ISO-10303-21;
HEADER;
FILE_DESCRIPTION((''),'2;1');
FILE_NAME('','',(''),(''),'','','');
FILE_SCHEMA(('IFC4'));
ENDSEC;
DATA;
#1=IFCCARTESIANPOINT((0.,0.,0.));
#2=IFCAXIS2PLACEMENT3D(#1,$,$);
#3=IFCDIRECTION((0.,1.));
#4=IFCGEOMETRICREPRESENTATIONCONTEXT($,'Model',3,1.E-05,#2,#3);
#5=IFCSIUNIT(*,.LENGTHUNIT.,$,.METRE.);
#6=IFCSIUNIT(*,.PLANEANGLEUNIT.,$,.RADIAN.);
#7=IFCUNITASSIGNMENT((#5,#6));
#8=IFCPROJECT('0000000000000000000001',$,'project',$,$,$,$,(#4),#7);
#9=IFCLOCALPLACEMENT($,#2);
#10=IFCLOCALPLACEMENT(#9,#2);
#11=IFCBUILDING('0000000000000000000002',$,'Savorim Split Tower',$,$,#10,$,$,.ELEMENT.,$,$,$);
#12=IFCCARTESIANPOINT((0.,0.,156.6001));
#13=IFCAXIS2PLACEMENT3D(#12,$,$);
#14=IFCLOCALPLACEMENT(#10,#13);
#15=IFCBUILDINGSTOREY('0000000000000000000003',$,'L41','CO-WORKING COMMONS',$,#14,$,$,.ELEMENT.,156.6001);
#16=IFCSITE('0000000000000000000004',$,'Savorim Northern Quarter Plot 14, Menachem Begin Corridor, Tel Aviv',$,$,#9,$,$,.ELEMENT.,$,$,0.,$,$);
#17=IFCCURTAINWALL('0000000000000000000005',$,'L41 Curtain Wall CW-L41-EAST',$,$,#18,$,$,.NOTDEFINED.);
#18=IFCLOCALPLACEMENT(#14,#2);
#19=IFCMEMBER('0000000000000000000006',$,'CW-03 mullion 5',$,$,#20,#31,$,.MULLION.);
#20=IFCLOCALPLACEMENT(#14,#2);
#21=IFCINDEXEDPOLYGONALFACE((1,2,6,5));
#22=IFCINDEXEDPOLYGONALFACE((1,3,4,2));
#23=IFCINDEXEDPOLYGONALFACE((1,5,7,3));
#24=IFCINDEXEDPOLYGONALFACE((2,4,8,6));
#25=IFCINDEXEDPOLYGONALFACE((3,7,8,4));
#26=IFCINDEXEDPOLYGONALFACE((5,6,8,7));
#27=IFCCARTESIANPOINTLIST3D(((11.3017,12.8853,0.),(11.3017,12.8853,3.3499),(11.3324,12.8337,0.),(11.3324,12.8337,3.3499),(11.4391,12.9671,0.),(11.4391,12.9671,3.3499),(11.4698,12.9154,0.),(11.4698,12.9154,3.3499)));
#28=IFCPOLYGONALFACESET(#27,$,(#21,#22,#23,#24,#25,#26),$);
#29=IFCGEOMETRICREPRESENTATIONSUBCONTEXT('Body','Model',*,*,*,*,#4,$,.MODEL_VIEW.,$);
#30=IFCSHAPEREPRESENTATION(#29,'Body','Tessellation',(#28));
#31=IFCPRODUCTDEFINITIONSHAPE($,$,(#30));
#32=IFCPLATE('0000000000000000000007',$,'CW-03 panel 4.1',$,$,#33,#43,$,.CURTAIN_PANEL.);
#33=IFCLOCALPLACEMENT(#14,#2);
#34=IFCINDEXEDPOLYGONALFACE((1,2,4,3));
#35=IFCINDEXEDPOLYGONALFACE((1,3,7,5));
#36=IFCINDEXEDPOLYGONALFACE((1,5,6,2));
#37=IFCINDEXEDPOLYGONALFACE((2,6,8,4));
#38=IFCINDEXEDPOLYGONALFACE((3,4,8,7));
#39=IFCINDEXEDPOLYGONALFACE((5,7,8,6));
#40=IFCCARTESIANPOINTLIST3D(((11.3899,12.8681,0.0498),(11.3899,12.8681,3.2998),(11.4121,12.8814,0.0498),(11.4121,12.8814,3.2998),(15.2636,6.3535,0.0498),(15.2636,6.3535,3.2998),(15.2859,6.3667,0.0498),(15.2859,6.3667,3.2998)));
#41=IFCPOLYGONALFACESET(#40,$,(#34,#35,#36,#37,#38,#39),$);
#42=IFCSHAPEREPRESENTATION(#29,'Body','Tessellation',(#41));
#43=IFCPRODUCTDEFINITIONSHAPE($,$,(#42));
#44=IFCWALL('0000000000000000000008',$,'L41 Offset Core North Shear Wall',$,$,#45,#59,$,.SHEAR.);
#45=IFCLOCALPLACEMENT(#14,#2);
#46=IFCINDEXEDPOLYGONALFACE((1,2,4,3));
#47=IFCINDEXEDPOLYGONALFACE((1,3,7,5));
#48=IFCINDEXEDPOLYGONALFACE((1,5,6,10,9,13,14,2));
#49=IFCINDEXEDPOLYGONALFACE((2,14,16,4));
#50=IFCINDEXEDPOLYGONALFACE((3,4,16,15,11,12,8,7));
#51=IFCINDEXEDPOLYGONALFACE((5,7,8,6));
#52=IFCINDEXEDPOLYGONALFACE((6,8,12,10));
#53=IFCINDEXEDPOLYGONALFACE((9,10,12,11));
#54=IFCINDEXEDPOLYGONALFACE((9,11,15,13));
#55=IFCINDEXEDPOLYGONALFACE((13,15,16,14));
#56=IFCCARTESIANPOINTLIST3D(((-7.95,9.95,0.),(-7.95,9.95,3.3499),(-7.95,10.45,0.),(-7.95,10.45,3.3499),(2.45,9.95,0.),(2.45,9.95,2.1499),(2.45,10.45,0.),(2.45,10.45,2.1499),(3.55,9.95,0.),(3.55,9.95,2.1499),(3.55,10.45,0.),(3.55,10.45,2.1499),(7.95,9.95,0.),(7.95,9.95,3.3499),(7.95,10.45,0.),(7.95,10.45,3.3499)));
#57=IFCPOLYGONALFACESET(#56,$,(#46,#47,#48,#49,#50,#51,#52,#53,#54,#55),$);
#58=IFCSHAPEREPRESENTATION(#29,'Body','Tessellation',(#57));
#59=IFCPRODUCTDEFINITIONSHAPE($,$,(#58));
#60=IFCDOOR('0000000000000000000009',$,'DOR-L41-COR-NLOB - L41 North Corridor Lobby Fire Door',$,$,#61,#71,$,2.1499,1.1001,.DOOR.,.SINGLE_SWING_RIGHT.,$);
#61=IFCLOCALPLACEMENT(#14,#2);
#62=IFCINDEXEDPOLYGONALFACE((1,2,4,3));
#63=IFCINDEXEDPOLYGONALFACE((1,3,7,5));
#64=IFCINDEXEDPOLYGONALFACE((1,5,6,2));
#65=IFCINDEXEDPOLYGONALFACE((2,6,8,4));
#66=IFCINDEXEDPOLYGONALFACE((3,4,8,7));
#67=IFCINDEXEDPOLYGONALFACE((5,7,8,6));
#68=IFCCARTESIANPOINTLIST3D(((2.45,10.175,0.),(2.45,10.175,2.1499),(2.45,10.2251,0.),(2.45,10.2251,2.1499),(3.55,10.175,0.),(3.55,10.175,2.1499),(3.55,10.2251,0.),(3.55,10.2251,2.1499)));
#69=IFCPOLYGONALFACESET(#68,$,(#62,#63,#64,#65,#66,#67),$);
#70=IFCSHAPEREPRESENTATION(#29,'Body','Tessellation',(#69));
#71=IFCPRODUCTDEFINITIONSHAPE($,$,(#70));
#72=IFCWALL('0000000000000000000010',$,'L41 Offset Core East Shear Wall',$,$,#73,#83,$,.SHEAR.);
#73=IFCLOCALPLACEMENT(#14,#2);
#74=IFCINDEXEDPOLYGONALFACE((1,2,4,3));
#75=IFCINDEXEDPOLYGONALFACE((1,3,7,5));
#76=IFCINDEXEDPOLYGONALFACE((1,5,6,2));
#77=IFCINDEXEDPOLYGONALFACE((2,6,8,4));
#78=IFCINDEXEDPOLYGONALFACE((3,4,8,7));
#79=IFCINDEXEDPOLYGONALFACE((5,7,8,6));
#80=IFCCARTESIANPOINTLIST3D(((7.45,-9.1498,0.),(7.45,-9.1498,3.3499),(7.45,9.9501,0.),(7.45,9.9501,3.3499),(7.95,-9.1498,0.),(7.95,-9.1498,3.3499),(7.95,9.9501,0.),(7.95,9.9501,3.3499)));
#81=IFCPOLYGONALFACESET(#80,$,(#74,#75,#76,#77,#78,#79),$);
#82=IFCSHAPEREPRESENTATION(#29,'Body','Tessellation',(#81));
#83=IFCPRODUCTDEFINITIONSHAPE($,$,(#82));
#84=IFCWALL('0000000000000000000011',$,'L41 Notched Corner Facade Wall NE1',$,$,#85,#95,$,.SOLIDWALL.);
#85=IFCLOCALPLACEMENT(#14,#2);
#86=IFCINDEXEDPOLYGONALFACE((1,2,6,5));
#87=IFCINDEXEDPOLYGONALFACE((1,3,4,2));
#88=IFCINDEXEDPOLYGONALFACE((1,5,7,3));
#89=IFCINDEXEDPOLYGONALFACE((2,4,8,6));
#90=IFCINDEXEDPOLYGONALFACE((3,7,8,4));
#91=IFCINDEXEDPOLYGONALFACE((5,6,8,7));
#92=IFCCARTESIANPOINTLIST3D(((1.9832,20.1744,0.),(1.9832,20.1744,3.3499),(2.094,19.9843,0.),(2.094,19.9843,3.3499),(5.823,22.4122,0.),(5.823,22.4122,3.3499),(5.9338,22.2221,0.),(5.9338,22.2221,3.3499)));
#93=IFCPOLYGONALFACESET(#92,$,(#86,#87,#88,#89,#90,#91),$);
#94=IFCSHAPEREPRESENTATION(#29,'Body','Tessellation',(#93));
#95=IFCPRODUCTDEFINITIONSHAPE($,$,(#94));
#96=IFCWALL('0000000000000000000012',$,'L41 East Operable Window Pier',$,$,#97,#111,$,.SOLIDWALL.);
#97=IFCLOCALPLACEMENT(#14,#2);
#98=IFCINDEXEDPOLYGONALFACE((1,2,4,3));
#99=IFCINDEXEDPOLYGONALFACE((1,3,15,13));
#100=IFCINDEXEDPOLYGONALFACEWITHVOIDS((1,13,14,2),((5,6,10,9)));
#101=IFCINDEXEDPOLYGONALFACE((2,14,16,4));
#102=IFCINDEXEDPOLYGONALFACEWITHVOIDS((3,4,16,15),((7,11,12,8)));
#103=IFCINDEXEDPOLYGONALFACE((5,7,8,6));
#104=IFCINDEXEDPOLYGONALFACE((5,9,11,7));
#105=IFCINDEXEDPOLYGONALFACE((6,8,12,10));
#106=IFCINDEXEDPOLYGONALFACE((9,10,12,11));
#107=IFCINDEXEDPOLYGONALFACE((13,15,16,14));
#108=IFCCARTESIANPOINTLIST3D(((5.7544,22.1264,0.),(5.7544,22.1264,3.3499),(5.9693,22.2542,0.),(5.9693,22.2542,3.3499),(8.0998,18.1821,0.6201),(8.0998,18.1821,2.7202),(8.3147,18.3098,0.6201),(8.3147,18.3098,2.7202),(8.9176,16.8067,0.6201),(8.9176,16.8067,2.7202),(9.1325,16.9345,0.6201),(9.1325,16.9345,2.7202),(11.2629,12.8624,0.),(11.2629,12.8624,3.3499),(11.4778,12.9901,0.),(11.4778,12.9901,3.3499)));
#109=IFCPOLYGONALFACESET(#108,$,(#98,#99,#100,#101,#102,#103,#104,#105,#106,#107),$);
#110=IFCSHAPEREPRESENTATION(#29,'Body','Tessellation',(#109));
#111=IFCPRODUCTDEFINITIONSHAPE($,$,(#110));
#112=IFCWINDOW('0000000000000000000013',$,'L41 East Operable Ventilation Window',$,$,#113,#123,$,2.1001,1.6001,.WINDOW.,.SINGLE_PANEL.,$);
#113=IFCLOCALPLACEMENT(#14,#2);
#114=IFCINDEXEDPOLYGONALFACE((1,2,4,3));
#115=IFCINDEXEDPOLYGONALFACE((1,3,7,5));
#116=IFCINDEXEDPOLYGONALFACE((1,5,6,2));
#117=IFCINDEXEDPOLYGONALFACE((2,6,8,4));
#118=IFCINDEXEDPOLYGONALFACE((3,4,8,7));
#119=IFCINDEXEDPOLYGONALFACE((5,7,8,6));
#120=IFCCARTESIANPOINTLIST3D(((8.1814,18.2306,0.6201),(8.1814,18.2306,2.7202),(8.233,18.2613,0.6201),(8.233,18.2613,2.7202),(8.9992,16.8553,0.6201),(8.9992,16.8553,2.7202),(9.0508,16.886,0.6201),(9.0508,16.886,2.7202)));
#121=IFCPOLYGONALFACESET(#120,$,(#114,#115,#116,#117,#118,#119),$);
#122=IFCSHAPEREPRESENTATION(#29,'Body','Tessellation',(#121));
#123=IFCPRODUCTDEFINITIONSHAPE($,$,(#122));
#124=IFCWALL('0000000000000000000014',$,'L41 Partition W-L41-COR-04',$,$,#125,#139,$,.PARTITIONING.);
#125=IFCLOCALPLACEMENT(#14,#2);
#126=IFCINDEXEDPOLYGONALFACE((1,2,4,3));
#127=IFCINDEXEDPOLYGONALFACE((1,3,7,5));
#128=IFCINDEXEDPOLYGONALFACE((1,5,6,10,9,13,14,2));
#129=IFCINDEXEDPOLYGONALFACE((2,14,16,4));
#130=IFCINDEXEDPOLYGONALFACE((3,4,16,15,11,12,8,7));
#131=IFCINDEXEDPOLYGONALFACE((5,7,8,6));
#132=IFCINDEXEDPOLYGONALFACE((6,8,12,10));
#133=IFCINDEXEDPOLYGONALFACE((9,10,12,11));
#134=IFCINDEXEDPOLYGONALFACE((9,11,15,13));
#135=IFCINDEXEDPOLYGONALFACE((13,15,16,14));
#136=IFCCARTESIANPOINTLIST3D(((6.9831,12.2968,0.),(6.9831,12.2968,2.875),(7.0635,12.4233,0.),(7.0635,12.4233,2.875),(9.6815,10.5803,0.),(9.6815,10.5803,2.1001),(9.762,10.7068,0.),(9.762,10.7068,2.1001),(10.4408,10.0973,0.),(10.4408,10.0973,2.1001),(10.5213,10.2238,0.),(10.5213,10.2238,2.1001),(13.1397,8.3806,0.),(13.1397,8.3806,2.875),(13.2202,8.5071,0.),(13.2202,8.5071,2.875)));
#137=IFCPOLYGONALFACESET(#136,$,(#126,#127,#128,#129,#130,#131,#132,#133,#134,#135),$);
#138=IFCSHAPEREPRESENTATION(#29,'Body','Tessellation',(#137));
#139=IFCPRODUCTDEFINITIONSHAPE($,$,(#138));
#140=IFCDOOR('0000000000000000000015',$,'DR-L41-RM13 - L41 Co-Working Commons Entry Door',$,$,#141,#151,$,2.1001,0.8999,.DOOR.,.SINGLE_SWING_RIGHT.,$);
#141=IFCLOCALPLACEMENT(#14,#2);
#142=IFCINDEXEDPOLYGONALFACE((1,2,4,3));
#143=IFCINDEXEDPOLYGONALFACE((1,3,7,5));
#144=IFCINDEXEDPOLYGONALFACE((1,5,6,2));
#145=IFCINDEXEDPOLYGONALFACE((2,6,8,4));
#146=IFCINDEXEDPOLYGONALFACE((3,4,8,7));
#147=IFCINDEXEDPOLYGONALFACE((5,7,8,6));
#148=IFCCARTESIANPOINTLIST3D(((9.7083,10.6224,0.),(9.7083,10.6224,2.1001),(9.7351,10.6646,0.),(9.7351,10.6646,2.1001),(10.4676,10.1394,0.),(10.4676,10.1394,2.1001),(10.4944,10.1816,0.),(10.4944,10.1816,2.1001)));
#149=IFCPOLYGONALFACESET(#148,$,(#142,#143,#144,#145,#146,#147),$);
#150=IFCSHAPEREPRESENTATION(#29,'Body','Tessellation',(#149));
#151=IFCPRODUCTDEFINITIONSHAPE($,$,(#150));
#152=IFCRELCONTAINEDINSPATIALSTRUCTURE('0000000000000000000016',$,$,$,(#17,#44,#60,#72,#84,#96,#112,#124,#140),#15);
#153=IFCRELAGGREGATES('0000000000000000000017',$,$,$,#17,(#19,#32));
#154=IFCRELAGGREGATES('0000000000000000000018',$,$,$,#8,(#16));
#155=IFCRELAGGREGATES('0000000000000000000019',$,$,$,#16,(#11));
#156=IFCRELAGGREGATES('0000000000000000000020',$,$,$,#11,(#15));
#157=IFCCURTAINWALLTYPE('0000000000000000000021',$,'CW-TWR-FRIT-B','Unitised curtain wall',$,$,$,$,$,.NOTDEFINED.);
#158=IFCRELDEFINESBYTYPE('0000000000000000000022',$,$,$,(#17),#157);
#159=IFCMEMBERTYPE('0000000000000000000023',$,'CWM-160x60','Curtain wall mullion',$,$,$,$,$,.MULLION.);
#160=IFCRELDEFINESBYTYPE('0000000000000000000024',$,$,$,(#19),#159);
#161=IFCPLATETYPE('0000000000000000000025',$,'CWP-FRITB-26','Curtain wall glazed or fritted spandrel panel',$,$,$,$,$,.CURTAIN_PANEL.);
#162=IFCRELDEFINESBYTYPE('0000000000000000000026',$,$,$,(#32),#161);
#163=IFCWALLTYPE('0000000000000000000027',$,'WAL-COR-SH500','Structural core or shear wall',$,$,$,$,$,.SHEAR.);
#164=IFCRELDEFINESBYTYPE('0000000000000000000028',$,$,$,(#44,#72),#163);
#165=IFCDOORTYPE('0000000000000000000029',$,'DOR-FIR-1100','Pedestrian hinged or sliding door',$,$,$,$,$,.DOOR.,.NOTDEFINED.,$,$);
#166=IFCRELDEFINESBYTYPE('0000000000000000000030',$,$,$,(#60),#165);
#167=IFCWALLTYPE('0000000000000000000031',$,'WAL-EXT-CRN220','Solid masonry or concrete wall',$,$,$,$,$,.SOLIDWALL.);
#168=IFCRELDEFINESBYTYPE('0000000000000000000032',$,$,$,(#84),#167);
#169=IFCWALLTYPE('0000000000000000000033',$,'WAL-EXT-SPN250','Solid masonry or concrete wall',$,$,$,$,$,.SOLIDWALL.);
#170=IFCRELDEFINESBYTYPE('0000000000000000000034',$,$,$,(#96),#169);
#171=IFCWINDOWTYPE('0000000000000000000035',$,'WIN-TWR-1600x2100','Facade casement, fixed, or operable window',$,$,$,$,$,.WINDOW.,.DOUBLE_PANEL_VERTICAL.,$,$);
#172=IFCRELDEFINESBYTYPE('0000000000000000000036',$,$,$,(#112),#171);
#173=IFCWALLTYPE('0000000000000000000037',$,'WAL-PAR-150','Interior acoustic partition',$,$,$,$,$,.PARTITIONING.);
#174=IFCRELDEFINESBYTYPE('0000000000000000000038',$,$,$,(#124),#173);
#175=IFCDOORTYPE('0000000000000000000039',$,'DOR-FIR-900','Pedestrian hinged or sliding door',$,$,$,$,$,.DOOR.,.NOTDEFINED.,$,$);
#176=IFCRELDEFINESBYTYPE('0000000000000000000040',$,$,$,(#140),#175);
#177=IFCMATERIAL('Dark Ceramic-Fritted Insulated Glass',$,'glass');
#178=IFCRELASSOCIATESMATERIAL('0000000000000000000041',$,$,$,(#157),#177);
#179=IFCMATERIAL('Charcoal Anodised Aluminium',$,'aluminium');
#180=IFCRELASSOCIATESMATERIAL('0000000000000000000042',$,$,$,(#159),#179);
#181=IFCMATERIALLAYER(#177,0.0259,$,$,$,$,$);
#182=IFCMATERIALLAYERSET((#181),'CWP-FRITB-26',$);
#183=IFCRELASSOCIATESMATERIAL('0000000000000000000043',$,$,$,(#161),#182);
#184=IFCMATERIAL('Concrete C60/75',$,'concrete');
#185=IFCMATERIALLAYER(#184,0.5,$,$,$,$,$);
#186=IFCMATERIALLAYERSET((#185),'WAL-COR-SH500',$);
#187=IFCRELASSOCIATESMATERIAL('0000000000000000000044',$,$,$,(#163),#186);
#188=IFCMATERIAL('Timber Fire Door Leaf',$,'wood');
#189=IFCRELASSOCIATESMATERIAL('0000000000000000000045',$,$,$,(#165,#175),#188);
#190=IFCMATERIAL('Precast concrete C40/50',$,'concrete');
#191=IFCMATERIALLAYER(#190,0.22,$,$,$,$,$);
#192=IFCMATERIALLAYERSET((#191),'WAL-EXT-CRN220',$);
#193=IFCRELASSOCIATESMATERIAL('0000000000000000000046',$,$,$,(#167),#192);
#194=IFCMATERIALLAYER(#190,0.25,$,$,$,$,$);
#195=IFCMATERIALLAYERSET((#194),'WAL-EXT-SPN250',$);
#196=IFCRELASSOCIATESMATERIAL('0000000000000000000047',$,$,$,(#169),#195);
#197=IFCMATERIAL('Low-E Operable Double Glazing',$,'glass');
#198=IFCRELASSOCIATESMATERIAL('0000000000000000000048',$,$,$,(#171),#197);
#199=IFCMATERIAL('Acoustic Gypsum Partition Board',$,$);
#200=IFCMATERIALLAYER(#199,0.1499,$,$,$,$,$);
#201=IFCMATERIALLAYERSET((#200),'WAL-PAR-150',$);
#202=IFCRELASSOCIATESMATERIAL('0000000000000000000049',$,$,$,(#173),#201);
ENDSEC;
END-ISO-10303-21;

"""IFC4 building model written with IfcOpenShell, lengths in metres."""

from ifc_helpers import new_model, si_unit, direction, frame, frame_2d, origin, origin_2d, place, context, subcontext, project, spatial, rectangle, extrude, material, layer, layer_set, material_profile, profile_set, type_object, element, fill, aggregate, save


model = new_model("IFC4")

# Units and contexts
model_context = context("Model", 3, precision=1e-05, world=origin(), true_north=direction((0.0, 1.0)))
body_context = subcontext(model_context, "Body", "Model", "MODEL_VIEW")
ifc_project = project(units=[si_unit("LENGTHUNIT", "METRE"), si_unit("PLANEANGLEUNIT", "RADIAN")], contexts=[model_context])

# Site, building, storey
site_placement = place(None, origin())
site = spatial("IfcSite", under=ifc_project, at=site_placement, Name="Savorim Northern Quarter Plot 14, Menachem Begin Corridor, Tel Aviv", CompositionType="ELEMENT", RefElevation=0.0)
building_placement = place(site_placement, origin())
building = spatial("IfcBuilding", under=site, at=building_placement, Name="Savorim Split Tower", CompositionType="ELEMENT")
storey_placement = place(building_placement, frame((0.0, 0.0, 156.6001)))
storey = spatial("IfcBuildingStorey", under=building, at=storey_placement, Name="L41", Description="CO-WORKING COMMONS", CompositionType="ELEMENT", Elevation=156.6001)

# Curtain wall, member, plate
ifc_material_1 = material(Name="Dark Ceramic-Fritted Insulated Glass", Category="glass")
curtain_wall_type = type_object("IfcCurtainWallType", Name="CW-TWR-FRIT-B", Description="Unitised curtain wall", PredefinedType="NOTDEFINED", material=ifc_material_1)
curtain_wall_placement = place(storey_placement, origin())
curtain_wall = element("IfcCurtainWall", 1, at=curtain_wall_placement, inside=storey, type_object=curtain_wall_type, Name="L41 Curtain Wall CW-L41-EAST", PredefinedType="NOTDEFINED")
ifc_material_2 = material(Name="Charcoal Anodised Aluminium", Category="aluminium")
ifc_material_profile_1 = material_profile(ifc_material_2, rectangle(XDim=0.1599, YDim=0.0601, at=origin_2d()), Name="ALU-M 160x60")
ifc_profile_set_1 = profile_set([ifc_material_profile_1], Name="Charcoal Anodised Aluminium")
member_type = type_object("IfcMemberType", Name="CWM-160x60", Description="Curtain wall mullion", PredefinedType="MULLION", material=ifc_profile_set_1)
member_placement = place(storey_placement, frame((11.3857, 12.9004, 0.0), z_axis=(0.0, 0.0, 1.0), x_axis=(-0.859526, -0.511091, 0.0)))
member = element("IfcMember", 2, at=member_placement, type_object=member_type, Name="CW-03 mullion 5", PredefinedType="MULLION", context=body_context, shape_type="SweptSolid", body=[
    extrude(rectangle(XDim=0.1599, YDim=0.0601, at=origin_2d()), origin(), (0.0, 0.0, 1.0), 3.3499),
])
ifc_layer_1 = layer(ifc_material_1, 0.0259)
ifc_layer_set_1 = layer_set([ifc_layer_1], Name="CWP-FRITB-26")
plate_type = type_object("IfcPlateType", Name="CWP-FRITB-26", Description="Curtain wall glazed or fritted spandrel panel", PredefinedType="CURTAIN_PANEL", material=ifc_layer_set_1)
plate_placement = place(storey_placement, frame((13.3379, 9.6174, 0.0498), z_axis=(0.0, 0.0, 1.0), x_axis=(-0.511091, 0.859526, 0.0)))
plate = element("IfcPlate", 3, at=plate_placement, type_object=plate_type, Name="CW-03 panel 4.1", PredefinedType="CURTAIN_PANEL", context=body_context, shape_type="SweptSolid", body=[
    extrude(rectangle(XDim=7.5793, YDim=0.0259, at=origin_2d()), origin(), (0.0, 0.0, 1.0), 3.25),
])
aggregate(curtain_wall, [member, plate])

# Wall, opening, door
ifc_material_3 = material(Name="Concrete C60/75", Category="concrete")
ifc_layer_2 = layer(ifc_material_3, 0.5)
ifc_layer_set_2 = layer_set([ifc_layer_2], Name="WAL-COR-SH500")
wall_type_1 = type_object("IfcWallType", Name="WAL-COR-SH500", Description="Structural core or shear wall", PredefinedType="SHEAR", material=ifc_layer_set_2)
wall_1_placement = place(storey_placement, frame((7.95, 10.2, 0.0), z_axis=(0.0, 0.0, 1.0), x_axis=(-1.0, 0.0, 0.0)))
wall_1 = element("IfcWall", 4, at=wall_1_placement, inside=storey, type_object=wall_type_1, Name="L41 Offset Core North Shear Wall", PredefinedType="SHEAR", context=body_context, shape_type="SweptSolid", body=[
    extrude(rectangle(XDim=15.8999, YDim=0.5, at=frame_2d((7.95, 0.0))), origin(), (0.0, 0.0, 1.0), 3.3499),
])
opening_1_placement = place(wall_1_placement, frame((4.3999, 0.0, 0.0)))
opening_1 = element("IfcOpeningElement", 5, at=opening_1_placement, cuts=wall_1, PredefinedType="OPENING", context=body_context, shape_type="SweptSolid", body=[
    extrude(rectangle(XDim=1.1001, YDim=2.1499, at=frame_2d((0.55, 1.075))), frame((0.0, 0.26, 0.0), z_axis=(0.0, -1.0, 0.0), x_axis=(1.0, 0.0, 0.0)), (0.0, 0.0, 1.0), 0.52),
])
ifc_material_4 = material(Name="Timber Fire Door Leaf", Category="wood")
door_type_1 = type_object("IfcDoorType", Name="DOR-FIR-1100", Description="Pedestrian hinged or sliding door", OperationType="NOTDEFINED", PredefinedType="DOOR", material=ifc_material_4)
door_1_placement = place(opening_1_placement, origin())
door_1 = element("IfcDoor", 6, at=door_1_placement, inside=storey, type_object=door_type_1, Name="DOR-L41-COR-NLOB - L41 North Corridor Lobby Fire Door", OperationType="SINGLE_SWING_RIGHT", OverallHeight=2.1499, OverallWidth=1.1001, PredefinedType="DOOR", context=body_context, shape_type="SweptSolid", body=[
    extrude(rectangle(XDim=1.1001, YDim=2.1499, at=frame_2d((0.55, 1.075))), frame((0.0, 0.0249, 0.0), z_axis=(0.0, -1.0, 0.0), x_axis=(1.0, 0.0, 0.0)), (0.0, 0.0, 1.0), 0.05),
])
fill(opening_1, door_1)

# Walls
wall_2_placement = place(storey_placement, frame((7.7, 9.95, 0.0), z_axis=(0.0, 0.0, 1.0), x_axis=(0.0, -1.0, 0.0)))
element("IfcWall", 7, at=wall_2_placement, inside=storey, type_object=wall_type_1, Name="L41 Offset Core East Shear Wall", PredefinedType="SHEAR", context=body_context, shape_type="SweptSolid", body=[
    extrude(rectangle(XDim=19.0999, YDim=0.5, at=frame_2d((9.5498, 0.0))), origin(), (0.0, 0.0, 1.0), 3.3499),
])
ifc_material_5 = material(Name="Precast concrete C40/50", Category="concrete")
ifc_layer_3 = layer(ifc_material_5, 0.22)
ifc_layer_set_3 = layer_set([ifc_layer_3], Name="WAL-EXT-CRN220")
wall_type_2 = type_object("IfcWallType", Name="WAL-EXT-CRN220", Description="Solid masonry or concrete wall", PredefinedType="SOLIDWALL", material=ifc_layer_set_3)
wall_3_placement = place(storey_placement, frame((2.0386, 20.0793, 0.0), z_axis=(0.0, 0.0, 1.0), x_axis=(0.863986, 0.503516, 0.0)))
element("IfcWall", 8, at=wall_3_placement, inside=storey, type_object=wall_type_2, Name="L41 Notched Corner Facade Wall NE1", PredefinedType="SOLIDWALL", context=body_context, shape_type="SweptSolid", body=[
    extrude(rectangle(XDim=4.4443, YDim=0.22, at=frame_2d((2.2222, 0.0))), origin(), (0.0, 0.0, 1.0), 3.3499),
])

# Wall, opening, window
ifc_layer_4 = layer(ifc_material_5, 0.25)
ifc_layer_set_4 = layer_set([ifc_layer_4], Name="WAL-EXT-SPN250")
wall_type_3 = type_object("IfcWallType", Name="WAL-EXT-SPN250", Description="Solid masonry or concrete wall", PredefinedType="SOLIDWALL", material=ifc_layer_set_4)
wall_4_placement = place(storey_placement, frame((5.8618, 22.1904, 0.0), z_axis=(0.0, 0.0, 1.0), x_axis=(0.511084, -0.859531, 0.0)))
wall_4 = element("IfcWall", 9, at=wall_4_placement, inside=storey, type_object=wall_type_3, Name="L41 East Operable Window Pier", PredefinedType="SOLIDWALL", context=body_context, shape_type="SweptSolid", body=[
    extrude(rectangle(XDim=10.7781, YDim=0.25, at=frame_2d((5.3892, 0.0))), origin(), (0.0, 0.0, 1.0), 3.3499),
])
opening_2_placement = place(wall_4_placement, frame((4.5891, 0.0, 0.6201)))
opening_2 = element("IfcOpeningElement", 10, at=opening_2_placement, cuts=wall_4, PredefinedType="OPENING", context=body_context, shape_type="SweptSolid", body=[
    extrude(rectangle(XDim=1.6001, YDim=2.1001, at=frame_2d((0.8, 1.05))), frame((0.0, 0.135, 0.0), z_axis=(0.0, -1.0, 0.0), x_axis=(1.0, 0.0, 0.0)), (0.0, 0.0, 1.0), 0.27),
])
ifc_material_6 = material(Name="Low-E Operable Double Glazing", Category="glass")
window_type = type_object("IfcWindowType", Name="WIN-TWR-1600x2100", Description="Facade casement, fixed, or operable window", PartitioningType="DOUBLE_PANEL_VERTICAL", PredefinedType="WINDOW", material=ifc_material_6)
window_placement = place(opening_2_placement, origin())
window = element("IfcWindow", 11, at=window_placement, inside=storey, type_object=window_type, Name="L41 East Operable Ventilation Window", OverallHeight=2.1001, OverallWidth=1.6001, PartitioningType="SINGLE_PANEL", PredefinedType="WINDOW", context=body_context, shape_type="SweptSolid", body=[
    extrude(rectangle(XDim=1.6001, YDim=2.1001, at=frame_2d((0.8, 1.05))), frame((0.0, 0.03, 0.0), z_axis=(0.0, -1.0, 0.0), x_axis=(1.0, 0.0, 0.0)), (0.0, 0.0, 1.0), 0.0601),
])
fill(opening_2, window)

# Wall, opening, door
ifc_material_7 = material(Name="Acoustic Gypsum Partition Board")
ifc_layer_5 = layer(ifc_material_7, 0.1499)
ifc_layer_set_5 = layer_set([ifc_layer_5], Name="WAL-PAR-150")
wall_type_4 = type_object("IfcWallType", Name="WAL-PAR-150", Description="Interior acoustic partition", PredefinedType="PARTITIONING", material=ifc_layer_set_5)
wall_5_placement = place(storey_placement, frame((7.0232, 12.3601, 0.0), z_axis=(0.0, 0.0, 1.0), x_axis=(0.843765, -0.536713, 0.0)))
wall_5 = element("IfcWall", 12, at=wall_5_placement, inside=storey, type_object=wall_type_4, Name="L41 Partition W-L41-COR-04", PredefinedType="PARTITIONING", context=body_context, shape_type="SweptSolid", body=[
    extrude(rectangle(XDim=7.2966, YDim=0.1499, at=frame_2d((3.6484, 0.0))), origin(), (0.0, 0.0, 1.0), 2.875),
])
opening_3_placement = place(wall_5_placement, frame((3.1982, 0.0, 0.0)))
opening_3 = element("IfcOpeningElement", 13, at=opening_3_placement, cuts=wall_5, PredefinedType="OPENING", context=body_context, shape_type="SweptSolid", body=[
    extrude(rectangle(XDim=0.8999, YDim=2.1001, at=frame_2d((0.45, 1.05))), frame((0.0, 0.085, 0.0), z_axis=(0.0, -1.0, 0.0), x_axis=(1.0, 0.0, 0.0)), (0.0, 0.0, 1.0), 0.1699),
])
door_type_2 = type_object("IfcDoorType", Name="DOR-FIR-900", Description="Pedestrian hinged or sliding door", OperationType="NOTDEFINED", PredefinedType="DOOR", material=ifc_material_4)
door_2_placement = place(opening_3_placement, origin())
door_2 = element("IfcDoor", 14, at=door_2_placement, inside=storey, type_object=door_type_2, Name="DR-L41-RM13 - L41 Co-Working Commons Entry Door", OperationType="SINGLE_SWING_RIGHT", OverallHeight=2.1001, OverallWidth=0.8999, PredefinedType="DOOR", context=body_context, shape_type="SweptSolid", body=[
    extrude(rectangle(XDim=0.8999, YDim=2.1001, at=frame_2d((0.45, 1.05))), frame((0.0, 0.0249, 0.0), z_axis=(0.0, -1.0, 0.0), x_axis=(1.0, 0.0, 0.0)), (0.0, 0.0, 1.0), 0.05),
])
fill(opening_3, door_2)

save(model, "model.ifc")
